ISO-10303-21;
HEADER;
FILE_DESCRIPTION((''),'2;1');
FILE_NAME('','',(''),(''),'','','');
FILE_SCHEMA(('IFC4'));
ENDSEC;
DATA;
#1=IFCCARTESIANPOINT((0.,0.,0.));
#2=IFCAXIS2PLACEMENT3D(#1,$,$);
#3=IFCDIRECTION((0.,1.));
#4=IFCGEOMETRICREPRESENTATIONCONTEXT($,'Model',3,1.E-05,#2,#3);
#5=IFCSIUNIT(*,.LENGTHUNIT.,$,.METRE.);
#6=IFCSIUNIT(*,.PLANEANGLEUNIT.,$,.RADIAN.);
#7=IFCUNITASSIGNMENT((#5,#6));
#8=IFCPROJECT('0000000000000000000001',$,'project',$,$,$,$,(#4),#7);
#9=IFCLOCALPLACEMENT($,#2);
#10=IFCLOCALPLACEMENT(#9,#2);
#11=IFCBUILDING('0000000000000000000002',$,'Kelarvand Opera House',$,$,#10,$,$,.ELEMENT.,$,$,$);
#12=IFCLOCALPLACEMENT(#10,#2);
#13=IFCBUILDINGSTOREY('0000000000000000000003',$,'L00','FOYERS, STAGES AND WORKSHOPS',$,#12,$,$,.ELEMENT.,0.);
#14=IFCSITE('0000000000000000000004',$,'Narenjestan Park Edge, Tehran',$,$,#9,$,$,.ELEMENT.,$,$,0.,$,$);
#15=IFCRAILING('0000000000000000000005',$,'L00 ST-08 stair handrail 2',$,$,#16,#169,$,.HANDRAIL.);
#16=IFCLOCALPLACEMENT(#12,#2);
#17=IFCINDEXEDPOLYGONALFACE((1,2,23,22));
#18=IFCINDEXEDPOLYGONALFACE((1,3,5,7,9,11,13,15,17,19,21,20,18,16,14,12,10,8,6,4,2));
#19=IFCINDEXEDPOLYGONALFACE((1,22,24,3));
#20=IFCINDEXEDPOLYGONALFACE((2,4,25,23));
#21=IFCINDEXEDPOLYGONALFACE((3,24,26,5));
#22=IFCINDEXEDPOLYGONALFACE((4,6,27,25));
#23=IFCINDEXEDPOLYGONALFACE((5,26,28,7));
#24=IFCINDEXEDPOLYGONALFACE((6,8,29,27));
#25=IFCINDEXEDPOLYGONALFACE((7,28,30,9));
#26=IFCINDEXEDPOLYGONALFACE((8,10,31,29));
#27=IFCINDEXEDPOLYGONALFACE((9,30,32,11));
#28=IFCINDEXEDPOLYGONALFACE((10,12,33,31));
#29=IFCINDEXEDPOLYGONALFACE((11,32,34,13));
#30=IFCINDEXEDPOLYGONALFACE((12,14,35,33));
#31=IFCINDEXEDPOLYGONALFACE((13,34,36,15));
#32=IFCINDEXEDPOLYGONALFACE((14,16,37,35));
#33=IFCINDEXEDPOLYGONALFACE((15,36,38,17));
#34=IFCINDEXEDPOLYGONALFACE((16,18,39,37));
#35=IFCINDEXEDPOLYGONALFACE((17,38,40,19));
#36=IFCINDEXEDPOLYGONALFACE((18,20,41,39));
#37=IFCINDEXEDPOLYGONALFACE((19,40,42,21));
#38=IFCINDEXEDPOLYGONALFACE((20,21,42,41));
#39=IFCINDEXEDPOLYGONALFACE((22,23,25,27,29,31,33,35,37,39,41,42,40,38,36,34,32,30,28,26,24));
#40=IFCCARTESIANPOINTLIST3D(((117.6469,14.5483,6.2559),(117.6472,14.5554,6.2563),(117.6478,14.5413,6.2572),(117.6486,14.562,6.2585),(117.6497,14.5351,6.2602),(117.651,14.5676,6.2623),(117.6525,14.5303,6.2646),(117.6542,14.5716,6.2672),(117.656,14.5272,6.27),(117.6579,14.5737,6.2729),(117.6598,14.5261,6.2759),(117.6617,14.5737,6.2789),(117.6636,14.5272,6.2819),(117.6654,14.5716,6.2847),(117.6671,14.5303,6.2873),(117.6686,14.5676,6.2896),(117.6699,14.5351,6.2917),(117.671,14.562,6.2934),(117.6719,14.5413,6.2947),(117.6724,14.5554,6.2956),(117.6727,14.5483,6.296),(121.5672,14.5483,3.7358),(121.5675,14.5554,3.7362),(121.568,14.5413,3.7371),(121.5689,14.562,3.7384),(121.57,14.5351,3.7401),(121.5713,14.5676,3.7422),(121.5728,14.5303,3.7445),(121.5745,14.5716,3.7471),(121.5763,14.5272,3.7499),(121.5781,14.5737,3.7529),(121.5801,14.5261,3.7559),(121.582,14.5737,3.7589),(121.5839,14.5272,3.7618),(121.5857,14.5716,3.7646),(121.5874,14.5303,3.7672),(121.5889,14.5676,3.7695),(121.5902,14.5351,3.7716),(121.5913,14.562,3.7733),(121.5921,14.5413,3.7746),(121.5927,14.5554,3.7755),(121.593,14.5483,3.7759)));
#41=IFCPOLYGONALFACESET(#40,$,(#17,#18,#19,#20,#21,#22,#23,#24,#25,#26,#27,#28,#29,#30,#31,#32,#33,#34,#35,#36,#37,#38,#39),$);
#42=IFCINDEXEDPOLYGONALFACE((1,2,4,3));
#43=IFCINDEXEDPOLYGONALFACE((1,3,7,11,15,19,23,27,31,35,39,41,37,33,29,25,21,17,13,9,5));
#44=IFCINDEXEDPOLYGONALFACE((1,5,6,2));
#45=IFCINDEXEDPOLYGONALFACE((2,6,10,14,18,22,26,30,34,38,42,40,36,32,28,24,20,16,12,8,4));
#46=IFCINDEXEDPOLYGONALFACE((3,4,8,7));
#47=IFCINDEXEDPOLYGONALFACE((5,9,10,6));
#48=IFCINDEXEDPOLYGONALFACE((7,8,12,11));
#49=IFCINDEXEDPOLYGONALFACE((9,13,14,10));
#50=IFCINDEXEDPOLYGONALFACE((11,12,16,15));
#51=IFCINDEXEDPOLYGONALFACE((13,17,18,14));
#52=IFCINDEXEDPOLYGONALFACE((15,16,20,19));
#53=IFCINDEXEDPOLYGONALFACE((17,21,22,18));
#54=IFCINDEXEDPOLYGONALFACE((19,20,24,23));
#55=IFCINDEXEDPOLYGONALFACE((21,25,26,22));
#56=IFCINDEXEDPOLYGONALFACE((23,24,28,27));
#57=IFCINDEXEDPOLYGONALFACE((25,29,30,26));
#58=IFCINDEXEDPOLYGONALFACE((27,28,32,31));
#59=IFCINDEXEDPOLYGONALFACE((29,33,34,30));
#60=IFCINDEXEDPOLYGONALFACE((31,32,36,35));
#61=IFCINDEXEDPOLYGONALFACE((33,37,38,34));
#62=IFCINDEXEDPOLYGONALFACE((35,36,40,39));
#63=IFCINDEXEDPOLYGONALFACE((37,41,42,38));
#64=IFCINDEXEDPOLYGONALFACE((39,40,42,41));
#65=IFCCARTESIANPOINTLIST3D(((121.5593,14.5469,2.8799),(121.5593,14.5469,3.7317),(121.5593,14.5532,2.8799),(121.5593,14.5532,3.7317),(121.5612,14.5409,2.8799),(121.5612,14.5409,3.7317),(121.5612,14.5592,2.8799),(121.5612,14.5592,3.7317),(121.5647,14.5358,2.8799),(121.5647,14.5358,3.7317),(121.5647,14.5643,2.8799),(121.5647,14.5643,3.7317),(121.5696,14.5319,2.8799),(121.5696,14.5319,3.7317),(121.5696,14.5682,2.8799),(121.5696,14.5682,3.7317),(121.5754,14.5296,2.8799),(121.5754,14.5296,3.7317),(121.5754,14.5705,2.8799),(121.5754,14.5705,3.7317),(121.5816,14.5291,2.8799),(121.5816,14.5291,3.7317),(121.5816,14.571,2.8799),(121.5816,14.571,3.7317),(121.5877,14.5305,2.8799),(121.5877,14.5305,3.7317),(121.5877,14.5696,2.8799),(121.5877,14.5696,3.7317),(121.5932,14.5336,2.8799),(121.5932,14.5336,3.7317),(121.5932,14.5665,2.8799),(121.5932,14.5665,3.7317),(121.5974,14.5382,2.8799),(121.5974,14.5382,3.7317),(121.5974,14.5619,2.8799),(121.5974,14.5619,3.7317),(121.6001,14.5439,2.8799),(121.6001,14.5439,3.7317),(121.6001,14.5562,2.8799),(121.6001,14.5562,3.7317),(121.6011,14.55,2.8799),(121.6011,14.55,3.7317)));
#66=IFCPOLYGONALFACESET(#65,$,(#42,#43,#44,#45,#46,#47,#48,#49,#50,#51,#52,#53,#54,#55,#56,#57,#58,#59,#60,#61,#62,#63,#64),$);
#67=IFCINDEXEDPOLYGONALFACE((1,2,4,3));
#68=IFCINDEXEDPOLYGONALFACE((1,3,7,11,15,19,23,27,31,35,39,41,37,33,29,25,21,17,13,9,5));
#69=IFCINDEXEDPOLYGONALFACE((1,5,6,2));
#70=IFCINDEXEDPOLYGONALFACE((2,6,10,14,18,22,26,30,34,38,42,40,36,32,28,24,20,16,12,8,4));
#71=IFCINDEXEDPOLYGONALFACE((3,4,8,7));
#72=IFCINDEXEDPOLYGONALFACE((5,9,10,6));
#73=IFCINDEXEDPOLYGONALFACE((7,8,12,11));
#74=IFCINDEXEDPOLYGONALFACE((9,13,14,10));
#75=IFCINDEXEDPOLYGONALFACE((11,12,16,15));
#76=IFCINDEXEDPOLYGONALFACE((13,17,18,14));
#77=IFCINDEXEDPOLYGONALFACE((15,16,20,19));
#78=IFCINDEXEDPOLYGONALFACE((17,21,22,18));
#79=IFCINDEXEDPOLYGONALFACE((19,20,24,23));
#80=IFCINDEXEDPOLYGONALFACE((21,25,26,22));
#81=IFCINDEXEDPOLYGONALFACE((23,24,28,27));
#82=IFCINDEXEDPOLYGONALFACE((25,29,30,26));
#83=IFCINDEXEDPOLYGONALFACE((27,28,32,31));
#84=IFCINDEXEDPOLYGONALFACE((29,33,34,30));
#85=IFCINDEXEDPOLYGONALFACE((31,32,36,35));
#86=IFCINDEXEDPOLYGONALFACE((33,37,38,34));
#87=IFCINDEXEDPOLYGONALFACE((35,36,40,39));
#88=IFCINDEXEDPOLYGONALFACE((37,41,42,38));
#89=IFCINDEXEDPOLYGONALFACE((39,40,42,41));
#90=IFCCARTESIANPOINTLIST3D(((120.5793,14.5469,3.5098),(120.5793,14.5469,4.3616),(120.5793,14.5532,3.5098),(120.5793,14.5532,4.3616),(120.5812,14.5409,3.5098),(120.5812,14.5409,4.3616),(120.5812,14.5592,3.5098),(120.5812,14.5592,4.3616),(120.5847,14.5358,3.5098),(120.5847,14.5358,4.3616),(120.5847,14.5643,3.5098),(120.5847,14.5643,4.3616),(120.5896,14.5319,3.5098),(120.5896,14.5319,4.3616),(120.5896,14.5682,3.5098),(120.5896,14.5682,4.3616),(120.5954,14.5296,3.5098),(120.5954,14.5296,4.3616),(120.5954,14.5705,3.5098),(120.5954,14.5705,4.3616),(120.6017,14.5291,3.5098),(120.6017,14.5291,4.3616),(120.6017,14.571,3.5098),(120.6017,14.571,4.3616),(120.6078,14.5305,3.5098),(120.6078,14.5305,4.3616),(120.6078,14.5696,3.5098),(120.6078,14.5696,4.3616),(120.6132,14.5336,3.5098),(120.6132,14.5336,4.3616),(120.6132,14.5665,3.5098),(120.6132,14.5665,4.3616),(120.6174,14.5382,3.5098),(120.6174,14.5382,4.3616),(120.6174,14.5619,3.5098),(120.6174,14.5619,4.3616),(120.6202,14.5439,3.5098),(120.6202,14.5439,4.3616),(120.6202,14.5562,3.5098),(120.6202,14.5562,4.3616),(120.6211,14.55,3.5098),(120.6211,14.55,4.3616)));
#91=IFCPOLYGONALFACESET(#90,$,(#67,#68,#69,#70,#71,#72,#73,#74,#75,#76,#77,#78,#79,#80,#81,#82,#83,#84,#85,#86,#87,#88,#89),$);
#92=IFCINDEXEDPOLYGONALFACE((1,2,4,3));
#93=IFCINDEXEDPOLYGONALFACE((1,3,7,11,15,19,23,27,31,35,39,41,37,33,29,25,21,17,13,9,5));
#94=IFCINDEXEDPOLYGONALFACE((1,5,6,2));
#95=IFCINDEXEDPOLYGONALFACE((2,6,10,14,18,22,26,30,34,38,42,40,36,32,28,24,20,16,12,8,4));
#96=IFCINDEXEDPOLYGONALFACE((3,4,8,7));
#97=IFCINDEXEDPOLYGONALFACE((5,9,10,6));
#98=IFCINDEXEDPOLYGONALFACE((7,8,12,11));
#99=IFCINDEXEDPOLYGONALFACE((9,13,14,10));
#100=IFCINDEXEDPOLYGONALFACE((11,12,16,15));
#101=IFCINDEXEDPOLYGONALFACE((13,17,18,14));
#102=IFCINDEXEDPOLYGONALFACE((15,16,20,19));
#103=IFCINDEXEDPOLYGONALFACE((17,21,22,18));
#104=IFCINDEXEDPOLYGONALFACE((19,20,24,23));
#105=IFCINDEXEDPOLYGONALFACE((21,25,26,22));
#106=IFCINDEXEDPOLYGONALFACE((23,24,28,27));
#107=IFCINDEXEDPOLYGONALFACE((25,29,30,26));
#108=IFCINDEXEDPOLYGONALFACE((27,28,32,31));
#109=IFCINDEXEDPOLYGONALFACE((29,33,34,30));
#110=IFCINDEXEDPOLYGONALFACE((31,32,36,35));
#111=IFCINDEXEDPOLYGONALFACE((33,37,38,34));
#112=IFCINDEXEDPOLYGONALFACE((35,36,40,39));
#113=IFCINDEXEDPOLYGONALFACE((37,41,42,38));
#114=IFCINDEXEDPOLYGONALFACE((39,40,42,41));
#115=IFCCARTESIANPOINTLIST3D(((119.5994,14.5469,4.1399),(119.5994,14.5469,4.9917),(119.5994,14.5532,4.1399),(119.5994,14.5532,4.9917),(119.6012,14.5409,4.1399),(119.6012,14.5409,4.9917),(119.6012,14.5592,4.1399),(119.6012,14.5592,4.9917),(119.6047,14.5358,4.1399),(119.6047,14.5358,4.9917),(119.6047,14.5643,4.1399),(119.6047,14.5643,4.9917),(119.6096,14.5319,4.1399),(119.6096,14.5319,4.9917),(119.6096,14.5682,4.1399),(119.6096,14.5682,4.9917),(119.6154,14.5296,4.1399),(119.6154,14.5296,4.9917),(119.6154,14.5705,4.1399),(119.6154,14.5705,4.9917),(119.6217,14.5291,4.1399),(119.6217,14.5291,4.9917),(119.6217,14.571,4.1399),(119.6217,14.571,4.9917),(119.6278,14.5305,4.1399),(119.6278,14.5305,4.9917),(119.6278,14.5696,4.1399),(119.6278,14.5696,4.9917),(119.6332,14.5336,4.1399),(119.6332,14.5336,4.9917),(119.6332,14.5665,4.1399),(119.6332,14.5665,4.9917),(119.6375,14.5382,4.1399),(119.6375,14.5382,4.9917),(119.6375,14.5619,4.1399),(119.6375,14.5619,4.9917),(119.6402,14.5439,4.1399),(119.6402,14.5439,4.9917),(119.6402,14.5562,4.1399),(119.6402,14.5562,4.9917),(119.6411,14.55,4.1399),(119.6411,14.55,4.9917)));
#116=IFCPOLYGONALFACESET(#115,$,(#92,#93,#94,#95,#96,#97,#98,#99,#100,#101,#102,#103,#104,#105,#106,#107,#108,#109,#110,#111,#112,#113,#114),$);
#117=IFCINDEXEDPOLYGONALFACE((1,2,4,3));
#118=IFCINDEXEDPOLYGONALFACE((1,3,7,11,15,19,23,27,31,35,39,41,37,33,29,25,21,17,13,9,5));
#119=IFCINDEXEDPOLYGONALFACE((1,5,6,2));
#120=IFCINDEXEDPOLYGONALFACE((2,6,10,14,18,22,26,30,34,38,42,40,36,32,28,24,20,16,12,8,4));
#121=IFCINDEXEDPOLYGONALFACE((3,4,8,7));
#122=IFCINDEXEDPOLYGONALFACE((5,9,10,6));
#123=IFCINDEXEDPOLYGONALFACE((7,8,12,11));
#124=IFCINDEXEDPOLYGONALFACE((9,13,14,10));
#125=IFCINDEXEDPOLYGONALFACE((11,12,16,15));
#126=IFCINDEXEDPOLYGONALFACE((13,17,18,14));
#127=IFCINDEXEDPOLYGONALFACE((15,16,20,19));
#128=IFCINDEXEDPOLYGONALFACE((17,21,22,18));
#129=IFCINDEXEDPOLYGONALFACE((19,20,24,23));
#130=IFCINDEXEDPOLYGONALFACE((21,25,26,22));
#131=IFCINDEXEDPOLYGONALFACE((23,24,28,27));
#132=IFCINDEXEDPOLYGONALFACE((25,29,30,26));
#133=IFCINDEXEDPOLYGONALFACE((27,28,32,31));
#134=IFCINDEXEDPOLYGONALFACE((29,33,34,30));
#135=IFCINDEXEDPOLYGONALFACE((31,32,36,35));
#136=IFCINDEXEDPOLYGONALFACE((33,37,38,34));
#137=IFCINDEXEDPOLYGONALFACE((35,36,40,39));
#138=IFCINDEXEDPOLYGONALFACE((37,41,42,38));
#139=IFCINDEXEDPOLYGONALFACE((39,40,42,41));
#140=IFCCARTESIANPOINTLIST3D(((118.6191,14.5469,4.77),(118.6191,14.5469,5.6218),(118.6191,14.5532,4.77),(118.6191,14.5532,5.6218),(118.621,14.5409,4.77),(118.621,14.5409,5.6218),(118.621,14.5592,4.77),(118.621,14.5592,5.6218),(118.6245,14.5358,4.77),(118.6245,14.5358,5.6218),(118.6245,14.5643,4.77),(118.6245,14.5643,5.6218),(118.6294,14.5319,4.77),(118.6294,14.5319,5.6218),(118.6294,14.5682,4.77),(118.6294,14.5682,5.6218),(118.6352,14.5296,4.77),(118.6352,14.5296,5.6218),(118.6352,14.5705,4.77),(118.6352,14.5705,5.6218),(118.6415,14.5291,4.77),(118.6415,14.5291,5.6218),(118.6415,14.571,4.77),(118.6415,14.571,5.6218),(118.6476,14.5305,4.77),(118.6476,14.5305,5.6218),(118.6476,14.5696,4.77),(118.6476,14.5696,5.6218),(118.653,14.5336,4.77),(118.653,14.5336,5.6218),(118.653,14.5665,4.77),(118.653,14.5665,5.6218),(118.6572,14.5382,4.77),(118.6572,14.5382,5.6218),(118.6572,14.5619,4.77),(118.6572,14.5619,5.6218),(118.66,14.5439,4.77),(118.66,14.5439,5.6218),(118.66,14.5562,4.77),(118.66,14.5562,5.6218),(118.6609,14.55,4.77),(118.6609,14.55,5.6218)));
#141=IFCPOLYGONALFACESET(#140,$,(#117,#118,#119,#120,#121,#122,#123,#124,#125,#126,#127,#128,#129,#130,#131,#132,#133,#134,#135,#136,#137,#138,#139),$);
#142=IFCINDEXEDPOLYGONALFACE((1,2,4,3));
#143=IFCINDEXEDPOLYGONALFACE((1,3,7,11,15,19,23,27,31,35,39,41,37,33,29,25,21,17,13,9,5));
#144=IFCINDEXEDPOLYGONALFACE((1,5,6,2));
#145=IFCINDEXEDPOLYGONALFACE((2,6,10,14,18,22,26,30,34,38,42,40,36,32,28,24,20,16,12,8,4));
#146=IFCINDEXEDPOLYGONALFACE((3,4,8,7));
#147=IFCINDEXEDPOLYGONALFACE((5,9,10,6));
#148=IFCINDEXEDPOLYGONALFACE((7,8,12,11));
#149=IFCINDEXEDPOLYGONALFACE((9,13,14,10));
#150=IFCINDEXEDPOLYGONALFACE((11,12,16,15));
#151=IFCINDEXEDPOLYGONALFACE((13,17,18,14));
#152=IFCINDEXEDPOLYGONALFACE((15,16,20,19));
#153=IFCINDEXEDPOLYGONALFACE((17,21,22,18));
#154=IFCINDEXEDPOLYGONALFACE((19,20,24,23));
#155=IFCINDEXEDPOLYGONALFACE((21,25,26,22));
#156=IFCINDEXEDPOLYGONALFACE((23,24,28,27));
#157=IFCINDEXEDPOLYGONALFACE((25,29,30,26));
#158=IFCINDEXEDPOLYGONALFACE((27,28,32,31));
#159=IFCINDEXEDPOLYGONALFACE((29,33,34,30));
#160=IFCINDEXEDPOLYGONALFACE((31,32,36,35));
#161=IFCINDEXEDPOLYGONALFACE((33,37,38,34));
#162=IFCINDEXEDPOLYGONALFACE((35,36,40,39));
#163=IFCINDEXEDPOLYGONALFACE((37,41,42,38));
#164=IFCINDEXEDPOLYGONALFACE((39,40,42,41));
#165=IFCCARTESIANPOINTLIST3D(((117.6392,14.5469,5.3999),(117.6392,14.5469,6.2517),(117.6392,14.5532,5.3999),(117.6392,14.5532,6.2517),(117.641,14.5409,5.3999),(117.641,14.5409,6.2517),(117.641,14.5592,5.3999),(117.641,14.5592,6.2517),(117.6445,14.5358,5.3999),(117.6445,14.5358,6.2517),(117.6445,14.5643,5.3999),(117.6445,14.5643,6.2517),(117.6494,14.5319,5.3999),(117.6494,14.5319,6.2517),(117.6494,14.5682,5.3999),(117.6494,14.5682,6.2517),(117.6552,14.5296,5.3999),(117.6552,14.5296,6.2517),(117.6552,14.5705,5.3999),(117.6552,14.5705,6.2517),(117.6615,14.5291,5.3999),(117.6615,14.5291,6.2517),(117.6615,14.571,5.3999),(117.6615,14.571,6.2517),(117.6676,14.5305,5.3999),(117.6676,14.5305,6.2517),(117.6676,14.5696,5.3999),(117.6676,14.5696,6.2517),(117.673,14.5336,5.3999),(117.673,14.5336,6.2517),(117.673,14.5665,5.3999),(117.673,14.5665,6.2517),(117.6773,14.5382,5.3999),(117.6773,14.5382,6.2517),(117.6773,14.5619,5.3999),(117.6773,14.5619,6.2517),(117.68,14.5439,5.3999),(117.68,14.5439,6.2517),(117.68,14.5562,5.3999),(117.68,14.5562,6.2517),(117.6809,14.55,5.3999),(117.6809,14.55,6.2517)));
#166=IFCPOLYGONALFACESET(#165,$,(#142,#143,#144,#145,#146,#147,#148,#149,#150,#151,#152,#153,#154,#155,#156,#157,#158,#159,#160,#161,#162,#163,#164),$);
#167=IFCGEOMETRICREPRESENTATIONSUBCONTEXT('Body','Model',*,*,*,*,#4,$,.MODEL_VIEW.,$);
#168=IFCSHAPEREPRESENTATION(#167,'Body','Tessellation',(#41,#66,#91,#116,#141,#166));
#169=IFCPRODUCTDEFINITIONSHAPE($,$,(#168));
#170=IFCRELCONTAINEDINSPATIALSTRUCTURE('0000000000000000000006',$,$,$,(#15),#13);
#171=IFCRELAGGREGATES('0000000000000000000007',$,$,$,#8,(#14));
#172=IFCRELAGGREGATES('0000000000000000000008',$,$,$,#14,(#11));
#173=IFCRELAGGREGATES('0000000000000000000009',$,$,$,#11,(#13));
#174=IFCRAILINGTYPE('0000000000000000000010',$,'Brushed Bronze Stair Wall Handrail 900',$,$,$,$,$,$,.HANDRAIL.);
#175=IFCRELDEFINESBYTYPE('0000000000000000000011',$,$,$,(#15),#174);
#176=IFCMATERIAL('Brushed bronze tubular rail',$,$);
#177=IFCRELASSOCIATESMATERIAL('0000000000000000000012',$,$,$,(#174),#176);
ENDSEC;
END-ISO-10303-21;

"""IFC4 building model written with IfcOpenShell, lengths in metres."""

from ifc_helpers import new_model, si_unit, direction, frame, origin, origin_2d, place, context, subcontext, project, spatial, circle, extrude, material, type_object, element, save


model = new_model("IFC4")

# Units and contexts
model_context = context("Model", 3, precision=1e-05, world=origin(), true_north=direction((0.0, 1.0)))
body_context = subcontext(model_context, "Body", "Model", "MODEL_VIEW")
ifc_project = project(units=[si_unit("LENGTHUNIT", "METRE"), si_unit("PLANEANGLEUNIT", "RADIAN")], contexts=[model_context])

# Site, building, storey
site_placement = place(None, origin())
site = spatial("IfcSite", under=ifc_project, at=site_placement, Name="Narenjestan Park Edge, Tehran", CompositionType="ELEMENT", RefElevation=0.0)
building_placement = place(site_placement, origin())
building = spatial("IfcBuilding", under=site, at=building_placement, Name="Kelarvand Opera House", CompositionType="ELEMENT")
storey_placement = place(building_placement, origin())
storey = spatial("IfcBuildingStorey", under=building, at=storey_placement, Name="L00", Description="FOYERS, STAGES AND WORKSHOPS", CompositionType="ELEMENT", Elevation=0.0)

# Railing
ifc_material_1 = material(Name="Brushed bronze tubular rail")
railing_type = type_object("IfcRailingType", Name="Brushed Bronze Stair Wall Handrail 900", PredefinedType="HANDRAIL", material=ifc_material_1)
railing_placement = place(storey_placement, frame((121.5801, 14.55, 2.8799)))
element("IfcRailing", 1, at=railing_placement, inside=storey, type_object=railing_type, Name="L00 ST-08 stair handrail 2", PredefinedType="HANDRAIL", context=body_context, shape_type="SweptSolid", body=[
    extrude(circle(Radius=0.0239, at=origin_2d()), frame((0.0, 0.0, 0.876), z_axis=(-0.841187, 0.0, 0.540744), x_axis=(0.0, -1.0, 0.0)), (0.0, 0.0, 1.0), 4.6604),
    extrude(circle(Radius=0.021, at=origin_2d()), origin(), (0.0, 0.0, 1.0), 0.8518),
    extrude(circle(Radius=0.021, at=origin_2d()), frame((-0.98, 0.0, 0.6299)), (0.0, 0.0, 1.0), 0.8518),
    extrude(circle(Radius=0.021, at=origin_2d()), frame((-1.96, 0.0, 1.26)), (0.0, 0.0, 1.0), 0.8518),
    extrude(circle(Radius=0.021, at=origin_2d()), frame((-2.9402, 0.0, 1.8901)), (0.0, 0.0, 1.0), 0.8518),
    extrude(circle(Radius=0.021, at=origin_2d()), frame((-3.9202, 0.0, 2.52)), (0.0, 0.0, 1.0), 0.8518),
])

save(model, "model.ifc")
